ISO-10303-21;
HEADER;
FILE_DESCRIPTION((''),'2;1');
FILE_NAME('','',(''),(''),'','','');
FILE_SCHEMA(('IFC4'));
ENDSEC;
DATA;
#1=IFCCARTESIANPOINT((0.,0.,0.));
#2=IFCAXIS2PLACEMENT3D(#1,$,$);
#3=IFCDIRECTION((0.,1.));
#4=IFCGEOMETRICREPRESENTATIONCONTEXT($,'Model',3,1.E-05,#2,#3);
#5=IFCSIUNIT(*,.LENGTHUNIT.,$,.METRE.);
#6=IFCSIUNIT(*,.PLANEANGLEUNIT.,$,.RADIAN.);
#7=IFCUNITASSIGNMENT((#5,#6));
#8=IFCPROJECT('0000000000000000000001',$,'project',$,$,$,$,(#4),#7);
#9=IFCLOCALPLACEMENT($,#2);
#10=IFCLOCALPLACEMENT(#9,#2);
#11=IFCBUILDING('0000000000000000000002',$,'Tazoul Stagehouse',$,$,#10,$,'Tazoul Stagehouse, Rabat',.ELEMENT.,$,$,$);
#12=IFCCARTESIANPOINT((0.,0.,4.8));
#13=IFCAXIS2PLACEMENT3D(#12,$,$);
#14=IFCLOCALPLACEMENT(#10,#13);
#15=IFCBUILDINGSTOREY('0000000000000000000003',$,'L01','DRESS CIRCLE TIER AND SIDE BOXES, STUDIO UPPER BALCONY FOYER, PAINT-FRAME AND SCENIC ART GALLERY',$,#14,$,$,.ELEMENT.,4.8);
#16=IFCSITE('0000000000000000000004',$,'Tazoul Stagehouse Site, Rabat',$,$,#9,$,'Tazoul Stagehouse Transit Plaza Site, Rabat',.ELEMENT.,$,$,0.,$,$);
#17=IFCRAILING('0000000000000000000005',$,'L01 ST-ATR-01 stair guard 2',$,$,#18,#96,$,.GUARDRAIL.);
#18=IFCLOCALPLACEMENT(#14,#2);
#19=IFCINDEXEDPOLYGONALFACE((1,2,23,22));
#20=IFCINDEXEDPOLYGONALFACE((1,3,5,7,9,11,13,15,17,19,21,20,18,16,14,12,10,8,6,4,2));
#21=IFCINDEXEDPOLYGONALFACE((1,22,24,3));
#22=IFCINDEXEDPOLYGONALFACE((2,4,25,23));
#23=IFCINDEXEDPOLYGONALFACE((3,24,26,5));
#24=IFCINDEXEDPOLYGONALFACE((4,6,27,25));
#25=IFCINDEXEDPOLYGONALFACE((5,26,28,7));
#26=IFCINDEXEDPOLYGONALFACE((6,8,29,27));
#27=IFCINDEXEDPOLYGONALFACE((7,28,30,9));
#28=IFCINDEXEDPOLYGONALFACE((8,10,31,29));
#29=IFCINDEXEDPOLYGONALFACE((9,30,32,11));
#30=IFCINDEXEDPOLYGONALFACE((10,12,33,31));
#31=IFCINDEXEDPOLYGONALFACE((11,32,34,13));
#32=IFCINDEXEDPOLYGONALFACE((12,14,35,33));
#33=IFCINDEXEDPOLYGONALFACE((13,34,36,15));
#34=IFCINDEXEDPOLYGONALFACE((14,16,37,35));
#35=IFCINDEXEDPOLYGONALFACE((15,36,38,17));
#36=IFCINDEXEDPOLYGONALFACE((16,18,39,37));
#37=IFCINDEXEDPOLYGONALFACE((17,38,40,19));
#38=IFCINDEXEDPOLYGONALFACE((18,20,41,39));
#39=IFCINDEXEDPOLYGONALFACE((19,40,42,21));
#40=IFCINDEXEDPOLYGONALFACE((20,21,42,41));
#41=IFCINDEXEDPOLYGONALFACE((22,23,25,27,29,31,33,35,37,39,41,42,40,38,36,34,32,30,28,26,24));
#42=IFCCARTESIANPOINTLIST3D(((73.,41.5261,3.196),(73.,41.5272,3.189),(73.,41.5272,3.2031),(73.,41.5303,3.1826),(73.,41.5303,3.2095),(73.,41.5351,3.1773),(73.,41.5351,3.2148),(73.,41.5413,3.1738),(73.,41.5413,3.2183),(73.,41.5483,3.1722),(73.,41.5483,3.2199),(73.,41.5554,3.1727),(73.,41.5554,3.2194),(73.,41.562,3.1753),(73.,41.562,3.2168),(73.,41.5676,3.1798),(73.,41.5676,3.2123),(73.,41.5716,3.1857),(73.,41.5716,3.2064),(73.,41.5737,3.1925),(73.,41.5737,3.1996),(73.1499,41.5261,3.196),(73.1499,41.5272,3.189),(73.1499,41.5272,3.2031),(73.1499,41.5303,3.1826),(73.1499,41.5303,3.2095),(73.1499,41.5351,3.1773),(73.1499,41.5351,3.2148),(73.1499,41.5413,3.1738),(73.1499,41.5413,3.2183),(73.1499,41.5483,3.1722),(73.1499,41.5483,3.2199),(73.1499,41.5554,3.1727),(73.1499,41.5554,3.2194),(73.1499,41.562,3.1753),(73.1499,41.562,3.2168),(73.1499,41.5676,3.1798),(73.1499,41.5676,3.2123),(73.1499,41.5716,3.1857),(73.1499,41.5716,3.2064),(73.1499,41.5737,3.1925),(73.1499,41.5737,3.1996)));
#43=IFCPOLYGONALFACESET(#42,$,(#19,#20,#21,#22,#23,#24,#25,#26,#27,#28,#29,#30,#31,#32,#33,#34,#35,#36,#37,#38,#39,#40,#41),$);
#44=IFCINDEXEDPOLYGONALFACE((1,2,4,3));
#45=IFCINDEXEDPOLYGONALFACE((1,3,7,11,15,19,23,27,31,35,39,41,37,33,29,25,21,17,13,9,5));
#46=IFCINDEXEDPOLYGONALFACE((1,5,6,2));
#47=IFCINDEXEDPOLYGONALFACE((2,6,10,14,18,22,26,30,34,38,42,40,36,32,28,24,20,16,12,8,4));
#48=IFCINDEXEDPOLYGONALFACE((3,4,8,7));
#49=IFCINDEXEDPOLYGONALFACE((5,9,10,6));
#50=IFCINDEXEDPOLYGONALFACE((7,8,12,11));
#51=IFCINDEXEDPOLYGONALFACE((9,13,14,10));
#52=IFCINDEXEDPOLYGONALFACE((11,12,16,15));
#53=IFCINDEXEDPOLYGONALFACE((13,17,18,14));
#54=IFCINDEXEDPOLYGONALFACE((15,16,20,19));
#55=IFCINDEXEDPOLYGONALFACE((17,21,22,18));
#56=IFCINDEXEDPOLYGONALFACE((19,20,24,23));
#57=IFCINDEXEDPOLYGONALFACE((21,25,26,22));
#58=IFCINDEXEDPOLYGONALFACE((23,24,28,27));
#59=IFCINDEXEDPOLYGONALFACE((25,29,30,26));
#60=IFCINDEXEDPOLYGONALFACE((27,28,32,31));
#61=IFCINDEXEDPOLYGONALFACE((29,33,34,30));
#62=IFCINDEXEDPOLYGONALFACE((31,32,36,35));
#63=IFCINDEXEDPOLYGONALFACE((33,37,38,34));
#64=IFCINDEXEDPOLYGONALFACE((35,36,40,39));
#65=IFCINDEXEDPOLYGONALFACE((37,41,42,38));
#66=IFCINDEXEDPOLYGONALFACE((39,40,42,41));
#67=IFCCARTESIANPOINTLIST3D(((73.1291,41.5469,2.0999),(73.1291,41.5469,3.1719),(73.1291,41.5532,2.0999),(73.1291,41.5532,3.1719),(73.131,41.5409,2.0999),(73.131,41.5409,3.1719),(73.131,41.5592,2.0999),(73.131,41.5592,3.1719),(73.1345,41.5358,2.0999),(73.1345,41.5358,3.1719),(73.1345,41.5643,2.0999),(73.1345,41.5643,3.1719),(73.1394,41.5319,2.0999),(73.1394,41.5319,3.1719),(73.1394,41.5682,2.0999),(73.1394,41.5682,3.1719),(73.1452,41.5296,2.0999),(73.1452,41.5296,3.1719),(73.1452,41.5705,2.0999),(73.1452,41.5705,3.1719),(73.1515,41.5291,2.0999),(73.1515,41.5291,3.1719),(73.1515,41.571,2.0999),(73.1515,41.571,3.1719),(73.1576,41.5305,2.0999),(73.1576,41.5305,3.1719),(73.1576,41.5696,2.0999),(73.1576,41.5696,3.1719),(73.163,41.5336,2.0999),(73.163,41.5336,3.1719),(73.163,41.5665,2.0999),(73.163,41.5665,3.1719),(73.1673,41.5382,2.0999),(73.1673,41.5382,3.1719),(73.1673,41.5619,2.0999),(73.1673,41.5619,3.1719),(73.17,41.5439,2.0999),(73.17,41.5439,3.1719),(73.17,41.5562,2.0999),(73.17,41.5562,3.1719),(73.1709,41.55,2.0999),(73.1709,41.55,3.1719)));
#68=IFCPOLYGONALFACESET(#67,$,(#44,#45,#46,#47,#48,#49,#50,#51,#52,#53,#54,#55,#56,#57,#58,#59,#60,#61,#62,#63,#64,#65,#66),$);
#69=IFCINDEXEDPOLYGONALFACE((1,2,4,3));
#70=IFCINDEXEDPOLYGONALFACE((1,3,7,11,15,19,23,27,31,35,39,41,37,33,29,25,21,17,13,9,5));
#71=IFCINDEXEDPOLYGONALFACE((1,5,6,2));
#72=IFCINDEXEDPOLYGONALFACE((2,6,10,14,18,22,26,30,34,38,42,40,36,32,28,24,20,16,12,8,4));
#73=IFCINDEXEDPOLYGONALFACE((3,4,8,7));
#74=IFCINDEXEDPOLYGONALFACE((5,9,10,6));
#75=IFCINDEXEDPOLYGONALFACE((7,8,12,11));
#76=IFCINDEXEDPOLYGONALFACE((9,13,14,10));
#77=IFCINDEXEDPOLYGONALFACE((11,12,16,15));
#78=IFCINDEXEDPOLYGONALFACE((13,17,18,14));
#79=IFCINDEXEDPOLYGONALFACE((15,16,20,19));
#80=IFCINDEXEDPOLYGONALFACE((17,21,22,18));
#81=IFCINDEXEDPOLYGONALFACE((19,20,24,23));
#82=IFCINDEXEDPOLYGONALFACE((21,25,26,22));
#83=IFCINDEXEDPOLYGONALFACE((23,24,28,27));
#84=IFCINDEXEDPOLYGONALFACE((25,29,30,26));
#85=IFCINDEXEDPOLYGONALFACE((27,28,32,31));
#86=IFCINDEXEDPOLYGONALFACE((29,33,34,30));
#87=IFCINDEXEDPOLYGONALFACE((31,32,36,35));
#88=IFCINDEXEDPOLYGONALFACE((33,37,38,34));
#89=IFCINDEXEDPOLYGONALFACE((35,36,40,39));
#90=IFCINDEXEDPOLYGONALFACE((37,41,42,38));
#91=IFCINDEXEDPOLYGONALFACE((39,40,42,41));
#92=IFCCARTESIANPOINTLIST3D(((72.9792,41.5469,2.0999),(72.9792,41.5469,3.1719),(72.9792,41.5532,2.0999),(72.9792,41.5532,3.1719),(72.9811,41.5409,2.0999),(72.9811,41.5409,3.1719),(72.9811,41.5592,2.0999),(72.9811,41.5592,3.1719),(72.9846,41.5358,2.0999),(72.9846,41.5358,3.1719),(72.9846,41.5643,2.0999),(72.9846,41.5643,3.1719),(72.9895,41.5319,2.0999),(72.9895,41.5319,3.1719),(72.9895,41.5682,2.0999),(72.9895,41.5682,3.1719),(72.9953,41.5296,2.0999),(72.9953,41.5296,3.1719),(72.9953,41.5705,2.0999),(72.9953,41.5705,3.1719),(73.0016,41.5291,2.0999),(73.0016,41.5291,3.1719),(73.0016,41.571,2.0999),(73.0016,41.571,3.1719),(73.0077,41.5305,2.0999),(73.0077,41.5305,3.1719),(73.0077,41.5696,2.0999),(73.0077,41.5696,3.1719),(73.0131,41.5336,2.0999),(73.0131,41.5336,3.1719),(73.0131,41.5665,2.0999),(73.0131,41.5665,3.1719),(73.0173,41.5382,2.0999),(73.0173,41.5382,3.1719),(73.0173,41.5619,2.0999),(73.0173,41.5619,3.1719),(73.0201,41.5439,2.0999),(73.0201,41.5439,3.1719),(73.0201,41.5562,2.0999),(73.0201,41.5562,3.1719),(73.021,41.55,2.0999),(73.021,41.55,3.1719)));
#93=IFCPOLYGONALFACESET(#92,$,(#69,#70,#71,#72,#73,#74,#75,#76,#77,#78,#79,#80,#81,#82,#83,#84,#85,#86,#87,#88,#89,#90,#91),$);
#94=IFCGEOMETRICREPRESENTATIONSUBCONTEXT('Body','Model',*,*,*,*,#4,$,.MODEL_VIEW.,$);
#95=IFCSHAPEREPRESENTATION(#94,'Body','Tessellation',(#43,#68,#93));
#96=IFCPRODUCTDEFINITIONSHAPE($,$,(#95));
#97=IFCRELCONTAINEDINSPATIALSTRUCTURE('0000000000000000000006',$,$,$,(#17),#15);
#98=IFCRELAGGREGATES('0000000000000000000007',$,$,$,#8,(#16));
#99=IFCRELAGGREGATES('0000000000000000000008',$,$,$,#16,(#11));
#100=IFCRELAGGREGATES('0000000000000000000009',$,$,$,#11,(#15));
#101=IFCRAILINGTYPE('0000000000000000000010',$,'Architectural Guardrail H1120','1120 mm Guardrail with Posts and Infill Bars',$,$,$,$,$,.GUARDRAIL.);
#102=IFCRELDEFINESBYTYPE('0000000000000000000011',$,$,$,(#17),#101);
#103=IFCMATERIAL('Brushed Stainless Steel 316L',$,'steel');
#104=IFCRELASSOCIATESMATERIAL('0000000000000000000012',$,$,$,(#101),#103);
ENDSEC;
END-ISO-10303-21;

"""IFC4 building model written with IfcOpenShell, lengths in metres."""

from ifc_helpers import new_model, si_unit, direction, frame, origin, origin_2d, place, context, subcontext, project, spatial, circle, extrude, material, material_profile, profile_set, type_object, element, save


model = new_model("IFC4")

# Units and contexts
model_context = context("Model", 3, precision=1e-05, world=origin(), true_north=direction((0.0, 1.0)))
body_context = subcontext(model_context, "Body", "Model", "MODEL_VIEW")
ifc_project = project(units=[si_unit("LENGTHUNIT", "METRE"), si_unit("PLANEANGLEUNIT", "RADIAN")], contexts=[model_context])

# Site, building, storey
site_placement = place(None, origin())
site = spatial("IfcSite", under=ifc_project, at=site_placement, Name="Tazoul Stagehouse Site, Rabat", LongName="Tazoul Stagehouse Transit Plaza Site, Rabat", CompositionType="ELEMENT", RefElevation=0.0)
building_placement = place(site_placement, origin())
building = spatial("IfcBuilding", under=site, at=building_placement, Name="Tazoul Stagehouse", LongName="Tazoul Stagehouse, Rabat", CompositionType="ELEMENT")
storey_placement = place(building_placement, frame((0.0, 0.0, 4.8)))
storey = spatial("IfcBuildingStorey", under=building, at=storey_placement, Name="L01", Description="DRESS CIRCLE TIER AND SIDE BOXES, STUDIO UPPER BALCONY FOYER, PAINT-FRAME AND SCENIC ART GALLERY", CompositionType="ELEMENT", Elevation=4.8)

# Railing
ifc_material_1 = material(Name="Brushed Stainless Steel 316L", Category="steel")
ifc_material_profile_1 = material_profile(ifc_material_1, circle(Radius=0.0239, at=origin_2d()), Name="SS RAIL D48")
ifc_profile_set_1 = profile_set([ifc_material_profile_1], Name="Brushed Stainless Steel 316L")
railing_type_1 = type_object("IfcRailingType", Name="Architectural Guardrail H1120", Description="1120 mm Guardrail with Posts and Infill Bars", PredefinedType="GUARDRAIL", material=ifc_profile_set_1)
railing_1_placement = place(storey_placement, frame((73.1499, 41.55, 2.0999)))
element("IfcRailing", 1, at=railing_1_placement, inside=storey, type_object=railing_type_1, Name="L01 ST-ATR-01 stair guard 2", PredefinedType="GUARDRAIL", context=body_context, shape_type="SweptSolid", body=[
    extrude(circle(Radius=0.0239, at=origin_2d()), frame((0.0, 0.0, 1.0962), z_axis=(-1.0, 0.0, 0.0), x_axis=(0.0, -1.0, 0.0)), (0.0, 0.0, 1.0), 0.1499),
    extrude(circle(Radius=0.021, at=origin_2d()), origin(), (0.0, 0.0, 1.0), 1.072),
    extrude(circle(Radius=0.021, at=origin_2d()), frame((-0.1499, 0.0, 0.0)), (0.0, 0.0, 1.0), 1.072),
])

save(model, "model.ifc")
